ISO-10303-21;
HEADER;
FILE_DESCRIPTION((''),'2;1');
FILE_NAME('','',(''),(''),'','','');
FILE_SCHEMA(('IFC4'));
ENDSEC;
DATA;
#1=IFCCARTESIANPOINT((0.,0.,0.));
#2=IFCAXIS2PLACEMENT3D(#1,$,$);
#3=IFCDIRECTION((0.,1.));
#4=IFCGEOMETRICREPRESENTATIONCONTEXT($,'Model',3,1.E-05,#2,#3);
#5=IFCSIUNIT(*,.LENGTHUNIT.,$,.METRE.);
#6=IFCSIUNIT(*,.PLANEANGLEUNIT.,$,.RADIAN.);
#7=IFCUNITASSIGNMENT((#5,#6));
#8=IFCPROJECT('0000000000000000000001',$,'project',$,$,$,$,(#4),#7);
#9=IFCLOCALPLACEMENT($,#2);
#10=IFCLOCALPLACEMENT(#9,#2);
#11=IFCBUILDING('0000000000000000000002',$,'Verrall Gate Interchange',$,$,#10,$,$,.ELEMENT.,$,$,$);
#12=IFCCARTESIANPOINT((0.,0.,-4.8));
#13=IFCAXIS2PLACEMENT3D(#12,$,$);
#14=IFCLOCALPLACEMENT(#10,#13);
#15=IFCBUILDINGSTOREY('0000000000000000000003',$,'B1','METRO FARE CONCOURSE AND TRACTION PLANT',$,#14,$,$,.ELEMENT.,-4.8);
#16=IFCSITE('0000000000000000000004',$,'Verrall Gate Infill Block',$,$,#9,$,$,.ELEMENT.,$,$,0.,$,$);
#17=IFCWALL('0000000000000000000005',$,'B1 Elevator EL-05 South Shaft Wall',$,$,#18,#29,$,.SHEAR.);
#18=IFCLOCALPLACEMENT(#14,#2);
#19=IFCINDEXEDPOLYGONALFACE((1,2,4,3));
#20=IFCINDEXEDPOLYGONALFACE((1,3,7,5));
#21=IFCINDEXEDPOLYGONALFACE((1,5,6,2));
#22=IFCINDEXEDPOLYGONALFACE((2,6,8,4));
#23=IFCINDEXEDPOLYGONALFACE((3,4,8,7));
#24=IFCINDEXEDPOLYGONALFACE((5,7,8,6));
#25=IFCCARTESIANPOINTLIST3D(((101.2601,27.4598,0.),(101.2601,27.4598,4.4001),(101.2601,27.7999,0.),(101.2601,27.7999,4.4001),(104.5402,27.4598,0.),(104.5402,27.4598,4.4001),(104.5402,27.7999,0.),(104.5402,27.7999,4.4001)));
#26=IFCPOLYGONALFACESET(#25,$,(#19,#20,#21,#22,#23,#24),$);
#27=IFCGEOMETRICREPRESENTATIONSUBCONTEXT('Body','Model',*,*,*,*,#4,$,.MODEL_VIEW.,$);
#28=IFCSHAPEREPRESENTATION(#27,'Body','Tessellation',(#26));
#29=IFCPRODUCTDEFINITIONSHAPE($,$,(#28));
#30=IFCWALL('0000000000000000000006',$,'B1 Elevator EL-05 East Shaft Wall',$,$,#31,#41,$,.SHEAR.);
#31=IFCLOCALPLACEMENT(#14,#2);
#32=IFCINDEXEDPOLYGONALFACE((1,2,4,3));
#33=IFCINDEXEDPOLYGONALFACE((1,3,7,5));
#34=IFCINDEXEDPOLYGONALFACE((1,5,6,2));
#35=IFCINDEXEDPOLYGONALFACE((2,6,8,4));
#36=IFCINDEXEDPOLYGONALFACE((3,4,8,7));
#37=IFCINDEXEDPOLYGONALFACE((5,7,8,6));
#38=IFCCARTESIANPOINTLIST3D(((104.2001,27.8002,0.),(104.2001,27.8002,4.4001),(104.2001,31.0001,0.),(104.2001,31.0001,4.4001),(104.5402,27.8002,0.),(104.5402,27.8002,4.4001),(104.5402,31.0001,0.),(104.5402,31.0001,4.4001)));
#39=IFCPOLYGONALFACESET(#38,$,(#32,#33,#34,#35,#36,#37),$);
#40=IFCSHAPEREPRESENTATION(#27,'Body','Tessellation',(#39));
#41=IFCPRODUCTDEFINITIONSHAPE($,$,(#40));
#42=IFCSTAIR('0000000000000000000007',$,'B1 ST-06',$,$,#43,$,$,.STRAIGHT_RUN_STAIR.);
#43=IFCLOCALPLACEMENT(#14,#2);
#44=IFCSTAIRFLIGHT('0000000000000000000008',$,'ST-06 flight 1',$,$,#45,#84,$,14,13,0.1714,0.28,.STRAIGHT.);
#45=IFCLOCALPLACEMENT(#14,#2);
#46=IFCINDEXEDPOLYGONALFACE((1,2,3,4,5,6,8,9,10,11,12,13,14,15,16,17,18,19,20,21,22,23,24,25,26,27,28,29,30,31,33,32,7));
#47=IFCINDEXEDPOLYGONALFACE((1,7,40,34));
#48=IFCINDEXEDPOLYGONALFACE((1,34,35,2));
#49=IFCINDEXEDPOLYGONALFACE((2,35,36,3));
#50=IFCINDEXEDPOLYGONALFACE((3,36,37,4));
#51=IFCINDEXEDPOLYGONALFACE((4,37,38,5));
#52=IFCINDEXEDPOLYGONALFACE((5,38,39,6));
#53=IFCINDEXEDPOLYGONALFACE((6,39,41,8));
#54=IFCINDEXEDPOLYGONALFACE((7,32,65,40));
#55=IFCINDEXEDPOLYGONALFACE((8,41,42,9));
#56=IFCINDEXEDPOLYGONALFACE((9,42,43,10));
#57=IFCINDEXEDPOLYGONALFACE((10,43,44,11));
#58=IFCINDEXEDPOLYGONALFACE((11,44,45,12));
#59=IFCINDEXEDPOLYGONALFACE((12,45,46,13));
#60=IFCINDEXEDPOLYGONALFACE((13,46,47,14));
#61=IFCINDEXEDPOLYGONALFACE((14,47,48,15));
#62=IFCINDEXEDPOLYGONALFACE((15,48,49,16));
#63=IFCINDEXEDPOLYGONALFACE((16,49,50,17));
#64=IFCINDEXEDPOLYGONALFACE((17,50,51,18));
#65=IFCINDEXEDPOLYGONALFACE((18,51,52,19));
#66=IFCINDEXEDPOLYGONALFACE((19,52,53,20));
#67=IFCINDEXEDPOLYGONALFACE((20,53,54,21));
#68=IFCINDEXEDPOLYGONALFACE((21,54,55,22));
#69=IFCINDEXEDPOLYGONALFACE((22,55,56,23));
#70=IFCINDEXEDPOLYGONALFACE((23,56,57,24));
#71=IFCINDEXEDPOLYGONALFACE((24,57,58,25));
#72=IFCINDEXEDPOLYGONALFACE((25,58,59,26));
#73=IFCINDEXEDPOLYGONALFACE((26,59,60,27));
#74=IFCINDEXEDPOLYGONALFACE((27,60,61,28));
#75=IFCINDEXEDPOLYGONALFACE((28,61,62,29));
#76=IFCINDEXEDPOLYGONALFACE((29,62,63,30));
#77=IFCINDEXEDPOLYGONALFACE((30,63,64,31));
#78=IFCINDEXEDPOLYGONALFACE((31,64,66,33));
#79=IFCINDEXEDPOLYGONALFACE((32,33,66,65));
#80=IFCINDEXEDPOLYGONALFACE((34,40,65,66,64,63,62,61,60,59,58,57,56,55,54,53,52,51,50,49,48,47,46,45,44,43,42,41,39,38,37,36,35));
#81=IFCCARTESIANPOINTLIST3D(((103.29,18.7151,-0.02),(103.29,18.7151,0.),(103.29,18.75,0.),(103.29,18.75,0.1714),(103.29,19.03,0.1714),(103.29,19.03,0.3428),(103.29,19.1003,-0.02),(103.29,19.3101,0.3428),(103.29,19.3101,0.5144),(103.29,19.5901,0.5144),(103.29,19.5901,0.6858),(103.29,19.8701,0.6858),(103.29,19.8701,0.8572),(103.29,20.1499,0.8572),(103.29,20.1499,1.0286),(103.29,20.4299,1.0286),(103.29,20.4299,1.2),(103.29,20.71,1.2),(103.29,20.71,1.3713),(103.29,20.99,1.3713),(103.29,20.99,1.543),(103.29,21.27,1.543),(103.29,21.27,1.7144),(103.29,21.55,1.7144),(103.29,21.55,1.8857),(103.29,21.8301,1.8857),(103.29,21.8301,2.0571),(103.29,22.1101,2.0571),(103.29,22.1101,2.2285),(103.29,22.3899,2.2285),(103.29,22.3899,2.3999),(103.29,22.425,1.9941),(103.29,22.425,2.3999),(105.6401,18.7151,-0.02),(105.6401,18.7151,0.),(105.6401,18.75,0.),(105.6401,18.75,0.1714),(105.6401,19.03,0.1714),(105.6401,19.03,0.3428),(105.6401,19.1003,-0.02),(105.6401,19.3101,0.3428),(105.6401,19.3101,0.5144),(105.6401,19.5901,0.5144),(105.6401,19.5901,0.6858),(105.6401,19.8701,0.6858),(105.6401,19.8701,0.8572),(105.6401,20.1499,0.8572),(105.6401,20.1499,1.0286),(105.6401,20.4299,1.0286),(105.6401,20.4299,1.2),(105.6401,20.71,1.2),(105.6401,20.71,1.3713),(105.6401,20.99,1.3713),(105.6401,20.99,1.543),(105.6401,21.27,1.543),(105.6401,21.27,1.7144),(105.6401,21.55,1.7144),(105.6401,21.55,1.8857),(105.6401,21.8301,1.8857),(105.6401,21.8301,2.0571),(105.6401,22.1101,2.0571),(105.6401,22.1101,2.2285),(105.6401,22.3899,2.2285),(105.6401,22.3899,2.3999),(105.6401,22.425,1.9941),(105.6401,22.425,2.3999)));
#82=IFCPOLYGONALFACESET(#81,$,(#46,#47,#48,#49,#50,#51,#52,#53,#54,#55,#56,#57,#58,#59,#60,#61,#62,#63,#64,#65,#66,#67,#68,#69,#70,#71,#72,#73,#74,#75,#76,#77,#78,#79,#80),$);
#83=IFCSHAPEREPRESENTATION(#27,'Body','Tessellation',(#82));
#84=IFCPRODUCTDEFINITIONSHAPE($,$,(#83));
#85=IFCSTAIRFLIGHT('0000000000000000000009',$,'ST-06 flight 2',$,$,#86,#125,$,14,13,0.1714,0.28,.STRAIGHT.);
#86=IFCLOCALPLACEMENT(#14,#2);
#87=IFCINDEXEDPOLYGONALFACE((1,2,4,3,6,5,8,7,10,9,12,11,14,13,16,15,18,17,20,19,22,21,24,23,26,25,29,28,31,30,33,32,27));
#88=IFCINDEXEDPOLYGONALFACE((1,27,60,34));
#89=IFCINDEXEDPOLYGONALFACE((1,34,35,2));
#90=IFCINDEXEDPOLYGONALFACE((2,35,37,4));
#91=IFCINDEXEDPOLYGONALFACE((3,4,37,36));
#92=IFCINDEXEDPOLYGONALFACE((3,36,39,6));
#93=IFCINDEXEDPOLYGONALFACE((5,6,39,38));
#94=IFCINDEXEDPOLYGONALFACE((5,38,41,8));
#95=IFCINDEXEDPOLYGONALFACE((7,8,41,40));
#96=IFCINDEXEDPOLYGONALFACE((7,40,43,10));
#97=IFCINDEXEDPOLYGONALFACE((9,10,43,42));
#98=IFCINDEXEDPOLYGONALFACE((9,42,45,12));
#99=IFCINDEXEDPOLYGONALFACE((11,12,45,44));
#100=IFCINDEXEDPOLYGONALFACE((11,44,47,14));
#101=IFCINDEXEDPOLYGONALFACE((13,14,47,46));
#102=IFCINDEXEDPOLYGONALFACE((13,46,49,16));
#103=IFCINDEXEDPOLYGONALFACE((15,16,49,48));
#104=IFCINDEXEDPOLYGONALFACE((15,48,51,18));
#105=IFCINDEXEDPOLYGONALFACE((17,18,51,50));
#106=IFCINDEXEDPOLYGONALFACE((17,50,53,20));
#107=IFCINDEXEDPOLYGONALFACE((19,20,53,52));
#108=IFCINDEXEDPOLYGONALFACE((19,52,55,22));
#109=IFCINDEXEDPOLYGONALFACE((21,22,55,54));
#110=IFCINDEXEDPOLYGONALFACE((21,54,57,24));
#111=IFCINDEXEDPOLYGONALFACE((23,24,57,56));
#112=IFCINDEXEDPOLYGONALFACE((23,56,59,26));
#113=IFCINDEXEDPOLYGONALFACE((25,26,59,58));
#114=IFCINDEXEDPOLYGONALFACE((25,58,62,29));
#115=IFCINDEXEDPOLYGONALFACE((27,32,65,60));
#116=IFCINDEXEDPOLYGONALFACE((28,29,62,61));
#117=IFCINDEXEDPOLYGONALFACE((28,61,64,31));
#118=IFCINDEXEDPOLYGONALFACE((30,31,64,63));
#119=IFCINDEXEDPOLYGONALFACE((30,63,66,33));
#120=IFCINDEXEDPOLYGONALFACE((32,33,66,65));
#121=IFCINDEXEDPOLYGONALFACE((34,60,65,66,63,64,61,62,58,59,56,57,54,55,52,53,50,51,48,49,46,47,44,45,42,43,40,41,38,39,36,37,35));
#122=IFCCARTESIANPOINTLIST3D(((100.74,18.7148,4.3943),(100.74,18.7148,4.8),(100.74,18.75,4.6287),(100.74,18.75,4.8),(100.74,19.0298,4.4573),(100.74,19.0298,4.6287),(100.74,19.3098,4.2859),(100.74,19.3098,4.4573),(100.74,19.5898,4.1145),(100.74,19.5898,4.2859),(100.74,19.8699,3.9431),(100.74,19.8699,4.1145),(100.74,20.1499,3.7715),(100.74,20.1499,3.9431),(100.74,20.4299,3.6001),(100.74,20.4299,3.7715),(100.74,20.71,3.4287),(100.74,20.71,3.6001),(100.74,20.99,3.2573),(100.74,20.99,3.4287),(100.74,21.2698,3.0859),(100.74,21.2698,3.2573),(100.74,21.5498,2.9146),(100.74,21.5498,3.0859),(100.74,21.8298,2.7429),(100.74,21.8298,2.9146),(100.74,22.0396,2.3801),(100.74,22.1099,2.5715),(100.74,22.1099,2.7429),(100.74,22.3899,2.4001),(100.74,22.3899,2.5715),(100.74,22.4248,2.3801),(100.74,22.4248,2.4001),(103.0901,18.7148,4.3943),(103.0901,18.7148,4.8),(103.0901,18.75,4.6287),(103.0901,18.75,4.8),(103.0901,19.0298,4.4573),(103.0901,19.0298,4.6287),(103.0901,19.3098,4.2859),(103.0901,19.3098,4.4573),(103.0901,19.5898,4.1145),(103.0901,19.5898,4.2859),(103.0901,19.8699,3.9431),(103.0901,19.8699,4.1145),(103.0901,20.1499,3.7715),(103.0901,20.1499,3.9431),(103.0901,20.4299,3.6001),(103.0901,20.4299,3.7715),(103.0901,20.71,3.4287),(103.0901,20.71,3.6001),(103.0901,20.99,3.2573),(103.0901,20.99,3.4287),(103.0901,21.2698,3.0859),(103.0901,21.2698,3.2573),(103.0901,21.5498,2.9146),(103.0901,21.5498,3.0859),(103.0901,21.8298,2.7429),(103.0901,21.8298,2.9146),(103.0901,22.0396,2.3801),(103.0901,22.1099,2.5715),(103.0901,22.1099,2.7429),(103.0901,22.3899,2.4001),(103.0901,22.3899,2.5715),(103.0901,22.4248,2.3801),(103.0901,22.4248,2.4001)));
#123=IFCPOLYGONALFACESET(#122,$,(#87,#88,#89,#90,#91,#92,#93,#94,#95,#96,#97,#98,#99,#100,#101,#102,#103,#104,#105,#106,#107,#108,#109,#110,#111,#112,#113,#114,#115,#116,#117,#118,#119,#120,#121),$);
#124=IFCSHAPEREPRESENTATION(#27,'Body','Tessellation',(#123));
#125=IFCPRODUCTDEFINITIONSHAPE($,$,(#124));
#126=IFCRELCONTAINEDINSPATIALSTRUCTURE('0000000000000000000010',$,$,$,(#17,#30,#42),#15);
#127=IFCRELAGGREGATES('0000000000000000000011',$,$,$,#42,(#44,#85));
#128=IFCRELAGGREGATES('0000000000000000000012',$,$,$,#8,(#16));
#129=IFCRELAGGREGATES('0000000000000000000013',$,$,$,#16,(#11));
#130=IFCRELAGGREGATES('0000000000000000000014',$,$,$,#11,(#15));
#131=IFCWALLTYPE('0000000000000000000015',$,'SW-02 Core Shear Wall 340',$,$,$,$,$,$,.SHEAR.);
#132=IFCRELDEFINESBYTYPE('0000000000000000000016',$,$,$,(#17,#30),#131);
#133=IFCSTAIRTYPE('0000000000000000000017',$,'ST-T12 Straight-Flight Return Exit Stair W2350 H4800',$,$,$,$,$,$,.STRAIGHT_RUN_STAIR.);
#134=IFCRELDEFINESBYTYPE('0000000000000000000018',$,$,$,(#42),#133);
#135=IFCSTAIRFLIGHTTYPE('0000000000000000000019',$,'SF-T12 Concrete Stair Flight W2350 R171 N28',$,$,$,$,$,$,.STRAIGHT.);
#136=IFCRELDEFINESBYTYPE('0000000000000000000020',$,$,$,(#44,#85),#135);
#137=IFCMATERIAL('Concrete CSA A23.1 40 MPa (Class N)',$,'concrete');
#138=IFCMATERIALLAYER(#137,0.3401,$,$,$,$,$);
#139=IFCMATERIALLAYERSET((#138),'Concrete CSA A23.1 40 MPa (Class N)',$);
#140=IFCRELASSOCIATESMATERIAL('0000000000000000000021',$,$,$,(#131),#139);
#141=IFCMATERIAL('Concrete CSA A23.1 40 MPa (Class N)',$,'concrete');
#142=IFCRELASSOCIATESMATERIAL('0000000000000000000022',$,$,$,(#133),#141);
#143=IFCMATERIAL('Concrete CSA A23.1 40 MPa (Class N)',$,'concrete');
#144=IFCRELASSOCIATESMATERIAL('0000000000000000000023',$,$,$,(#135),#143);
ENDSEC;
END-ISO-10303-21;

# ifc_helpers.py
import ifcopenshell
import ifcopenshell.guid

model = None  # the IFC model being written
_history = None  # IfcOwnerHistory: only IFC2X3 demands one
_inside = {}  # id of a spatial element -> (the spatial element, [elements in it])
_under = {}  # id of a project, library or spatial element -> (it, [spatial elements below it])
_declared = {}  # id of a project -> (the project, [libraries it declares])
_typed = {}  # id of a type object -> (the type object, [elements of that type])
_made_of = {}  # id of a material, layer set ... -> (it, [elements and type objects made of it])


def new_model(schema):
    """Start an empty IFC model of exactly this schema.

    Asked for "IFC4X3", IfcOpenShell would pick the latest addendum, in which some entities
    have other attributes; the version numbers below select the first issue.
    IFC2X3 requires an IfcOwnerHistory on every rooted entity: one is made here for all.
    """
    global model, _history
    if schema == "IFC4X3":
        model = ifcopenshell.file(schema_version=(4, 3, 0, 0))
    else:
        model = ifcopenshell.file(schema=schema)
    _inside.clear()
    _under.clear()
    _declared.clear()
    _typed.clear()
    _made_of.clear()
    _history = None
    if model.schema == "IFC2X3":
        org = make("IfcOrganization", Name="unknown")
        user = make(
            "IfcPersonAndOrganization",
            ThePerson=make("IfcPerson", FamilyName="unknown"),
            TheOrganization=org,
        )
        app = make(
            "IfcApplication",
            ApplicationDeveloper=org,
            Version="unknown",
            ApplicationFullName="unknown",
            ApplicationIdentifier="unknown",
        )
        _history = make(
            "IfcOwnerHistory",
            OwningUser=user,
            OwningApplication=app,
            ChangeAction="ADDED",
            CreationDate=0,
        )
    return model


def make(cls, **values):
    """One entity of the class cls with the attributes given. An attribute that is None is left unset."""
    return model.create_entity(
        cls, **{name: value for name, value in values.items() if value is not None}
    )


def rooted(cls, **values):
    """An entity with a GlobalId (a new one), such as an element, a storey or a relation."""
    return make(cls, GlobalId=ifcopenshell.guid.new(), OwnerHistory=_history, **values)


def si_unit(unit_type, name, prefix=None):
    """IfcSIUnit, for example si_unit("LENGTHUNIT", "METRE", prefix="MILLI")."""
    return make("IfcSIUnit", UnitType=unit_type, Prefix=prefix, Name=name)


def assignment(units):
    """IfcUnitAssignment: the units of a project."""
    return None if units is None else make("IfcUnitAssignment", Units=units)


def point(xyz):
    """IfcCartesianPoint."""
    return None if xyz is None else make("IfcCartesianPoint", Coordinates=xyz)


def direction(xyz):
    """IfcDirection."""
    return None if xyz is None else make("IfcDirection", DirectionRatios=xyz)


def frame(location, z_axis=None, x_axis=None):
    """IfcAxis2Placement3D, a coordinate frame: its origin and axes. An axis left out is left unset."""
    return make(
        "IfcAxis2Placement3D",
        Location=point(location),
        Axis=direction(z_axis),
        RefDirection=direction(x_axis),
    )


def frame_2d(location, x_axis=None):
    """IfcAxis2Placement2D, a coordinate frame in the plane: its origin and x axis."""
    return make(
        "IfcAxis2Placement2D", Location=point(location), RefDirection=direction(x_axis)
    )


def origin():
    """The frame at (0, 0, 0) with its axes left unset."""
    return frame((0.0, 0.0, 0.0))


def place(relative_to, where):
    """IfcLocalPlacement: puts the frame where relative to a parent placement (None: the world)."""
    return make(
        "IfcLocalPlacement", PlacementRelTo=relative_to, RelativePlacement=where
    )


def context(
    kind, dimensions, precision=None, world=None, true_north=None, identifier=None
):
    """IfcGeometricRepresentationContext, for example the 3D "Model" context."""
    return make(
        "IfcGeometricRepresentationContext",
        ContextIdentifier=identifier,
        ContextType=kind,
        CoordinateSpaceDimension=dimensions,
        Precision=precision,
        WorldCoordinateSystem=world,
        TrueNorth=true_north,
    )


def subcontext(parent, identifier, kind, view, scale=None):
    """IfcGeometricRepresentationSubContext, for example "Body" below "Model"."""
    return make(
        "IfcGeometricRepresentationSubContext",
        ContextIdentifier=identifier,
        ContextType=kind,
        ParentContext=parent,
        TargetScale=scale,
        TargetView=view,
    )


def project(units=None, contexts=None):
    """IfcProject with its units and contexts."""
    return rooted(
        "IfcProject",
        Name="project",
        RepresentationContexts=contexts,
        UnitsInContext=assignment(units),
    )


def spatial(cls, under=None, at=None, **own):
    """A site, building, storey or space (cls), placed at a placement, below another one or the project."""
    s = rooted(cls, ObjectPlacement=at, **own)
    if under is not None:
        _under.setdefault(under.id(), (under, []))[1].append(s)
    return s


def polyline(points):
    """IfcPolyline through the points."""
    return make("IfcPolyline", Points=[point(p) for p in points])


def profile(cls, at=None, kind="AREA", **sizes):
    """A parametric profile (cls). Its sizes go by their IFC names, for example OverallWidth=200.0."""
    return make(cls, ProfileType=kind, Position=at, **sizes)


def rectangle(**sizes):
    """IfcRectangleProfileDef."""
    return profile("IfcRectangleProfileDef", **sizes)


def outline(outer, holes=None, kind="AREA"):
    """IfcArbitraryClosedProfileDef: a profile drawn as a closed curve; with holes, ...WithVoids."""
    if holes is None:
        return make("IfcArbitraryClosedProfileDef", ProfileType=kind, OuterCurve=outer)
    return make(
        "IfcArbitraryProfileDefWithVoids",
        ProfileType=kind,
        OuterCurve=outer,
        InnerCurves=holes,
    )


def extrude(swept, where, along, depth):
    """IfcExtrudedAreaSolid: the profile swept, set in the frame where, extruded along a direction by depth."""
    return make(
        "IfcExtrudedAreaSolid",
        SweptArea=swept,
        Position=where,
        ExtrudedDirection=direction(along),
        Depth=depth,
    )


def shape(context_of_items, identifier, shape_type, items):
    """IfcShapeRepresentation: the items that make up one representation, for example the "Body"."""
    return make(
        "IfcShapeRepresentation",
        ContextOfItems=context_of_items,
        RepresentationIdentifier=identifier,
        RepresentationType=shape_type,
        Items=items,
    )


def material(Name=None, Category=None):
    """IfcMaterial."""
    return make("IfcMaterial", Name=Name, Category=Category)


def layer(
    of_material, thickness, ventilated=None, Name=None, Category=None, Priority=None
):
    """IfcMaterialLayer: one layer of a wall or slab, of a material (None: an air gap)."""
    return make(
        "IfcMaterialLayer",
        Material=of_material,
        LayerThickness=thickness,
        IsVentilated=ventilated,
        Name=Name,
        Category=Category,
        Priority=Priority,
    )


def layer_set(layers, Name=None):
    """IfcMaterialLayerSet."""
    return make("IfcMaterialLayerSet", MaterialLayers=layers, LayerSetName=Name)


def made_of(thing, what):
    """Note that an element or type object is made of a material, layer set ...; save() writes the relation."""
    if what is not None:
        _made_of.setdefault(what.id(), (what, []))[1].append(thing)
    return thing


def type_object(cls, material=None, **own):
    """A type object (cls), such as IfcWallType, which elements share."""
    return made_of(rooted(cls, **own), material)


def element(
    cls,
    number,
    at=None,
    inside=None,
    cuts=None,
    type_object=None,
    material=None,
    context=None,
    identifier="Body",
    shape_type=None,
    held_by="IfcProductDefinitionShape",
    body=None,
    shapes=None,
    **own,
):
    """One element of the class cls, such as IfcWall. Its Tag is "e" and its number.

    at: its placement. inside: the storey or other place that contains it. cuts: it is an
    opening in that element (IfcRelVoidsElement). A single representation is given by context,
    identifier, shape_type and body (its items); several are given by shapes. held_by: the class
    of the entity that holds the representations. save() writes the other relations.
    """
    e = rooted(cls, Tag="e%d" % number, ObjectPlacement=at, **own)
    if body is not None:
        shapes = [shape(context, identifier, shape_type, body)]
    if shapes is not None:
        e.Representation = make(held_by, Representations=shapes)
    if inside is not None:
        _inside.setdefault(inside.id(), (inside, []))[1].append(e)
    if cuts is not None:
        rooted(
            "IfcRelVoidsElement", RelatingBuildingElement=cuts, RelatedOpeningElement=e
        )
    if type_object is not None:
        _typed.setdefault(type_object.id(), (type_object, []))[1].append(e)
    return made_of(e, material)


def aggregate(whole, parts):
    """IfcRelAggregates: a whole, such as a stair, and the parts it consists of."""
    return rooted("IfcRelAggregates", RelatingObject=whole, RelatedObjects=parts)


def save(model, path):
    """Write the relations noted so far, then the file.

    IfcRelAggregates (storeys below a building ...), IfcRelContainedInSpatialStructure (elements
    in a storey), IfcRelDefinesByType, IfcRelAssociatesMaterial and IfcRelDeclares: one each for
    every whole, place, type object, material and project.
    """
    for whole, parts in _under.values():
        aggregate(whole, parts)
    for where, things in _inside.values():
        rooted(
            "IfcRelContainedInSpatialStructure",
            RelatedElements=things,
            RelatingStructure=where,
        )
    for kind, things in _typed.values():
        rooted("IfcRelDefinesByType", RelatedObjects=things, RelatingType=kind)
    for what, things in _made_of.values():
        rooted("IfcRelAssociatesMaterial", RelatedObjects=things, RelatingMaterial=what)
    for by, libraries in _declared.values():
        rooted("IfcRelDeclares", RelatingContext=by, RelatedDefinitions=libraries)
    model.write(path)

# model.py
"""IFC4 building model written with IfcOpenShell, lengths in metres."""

from ifc_helpers import new_model, si_unit, direction, frame, frame_2d, origin, place, context, subcontext, project, spatial, polyline, rectangle, outline, extrude, material, layer, layer_set, type_object, element, aggregate, save


model = new_model("IFC4")

# Units and contexts
model_context = context("Model", 3, precision=1e-05, world=origin(), true_north=direction((0.0, 1.0)))
body_context = subcontext(model_context, "Body", "Model", "MODEL_VIEW")
ifc_project = project(units=[si_unit("LENGTHUNIT", "METRE"), si_unit("PLANEANGLEUNIT", "RADIAN")], contexts=[model_context])

# Site, building, storey
site_placement = place(None, origin())
site = spatial("IfcSite", under=ifc_project, at=site_placement, Name="Verrall Gate Infill Block", CompositionType="ELEMENT", RefElevation=0.0)
building_placement = place(site_placement, origin())
building = spatial("IfcBuilding", under=site, at=building_placement, Name="Verrall Gate Interchange", CompositionType="ELEMENT")
storey_placement = place(building_placement, frame((0.0, 0.0, -4.8)))
storey = spatial("IfcBuildingStorey", under=building, at=storey_placement, Name="B1", Description="METRO FARE CONCOURSE AND TRACTION PLANT", CompositionType="ELEMENT", Elevation=-4.8)

# Walls
ifc_material_1 = material(Name="Concrete CSA A23.1 40 MPa (Class N)", Category="concrete")
ifc_layer_1 = layer(ifc_material_1, 0.3401)
ifc_layer_set_1 = layer_set([ifc_layer_1], Name="Concrete CSA A23.1 40 MPa (Class N)")
wall_type = type_object("IfcWallType", Name="SW-02 Core Shear Wall 340", PredefinedType="SHEAR", material=ifc_layer_set_1)
wall_1_placement = place(storey_placement, frame((101.26, 27.6299, 0.0), z_axis=(0.0, 0.0, 1.0), x_axis=(1.0, 0.0, 0.0)))
element("IfcWall", 1, at=wall_1_placement, inside=storey, type_object=wall_type, Name="B1 Elevator EL-05 South Shaft Wall", PredefinedType="SHEAR", context=body_context, shape_type="SweptSolid", body=[
    extrude(rectangle(XDim=3.28, YDim=0.3401, at=frame_2d((1.6401, 0.0))), origin(), (0.0, 0.0, 1.0), 4.4001),
])
wall_2_placement = place(storey_placement, frame((104.3701, 27.8, 0.0), z_axis=(0.0, 0.0, 1.0), x_axis=(0.0, 1.0, 0.0)))
element("IfcWall", 2, at=wall_2_placement, inside=storey, type_object=wall_type, Name="B1 Elevator EL-05 East Shaft Wall", PredefinedType="SHEAR", context=body_context, shape_type="SweptSolid", body=[
    extrude(rectangle(XDim=3.2, YDim=0.3401, at=frame_2d((1.6001, 0.0))), origin(), (0.0, 0.0, 1.0), 4.4001),
])

# Stair, stair flights
ifc_material_2 = material(Name="Concrete CSA A23.1 40 MPa (Class N)", Category="concrete")
stair_type = type_object("IfcStairType", Name="ST-T12 Straight-Flight Return Exit Stair W2350 H4800", PredefinedType="STRAIGHT_RUN_STAIR", material=ifc_material_2)
stair_placement = place(storey_placement, origin())
stair = element("IfcStair", 3, at=stair_placement, inside=storey, type_object=stair_type, Name="B1 ST-06", PredefinedType="STRAIGHT_RUN_STAIR")
ifc_material_3 = material(Name="Concrete CSA A23.1 40 MPa (Class N)", Category="concrete")
stair_flight_type = type_object("IfcStairFlightType", Name="SF-T12 Concrete Stair Flight W2350 R171 N28", PredefinedType="STRAIGHT", material=ifc_material_3)
stair_flight_1_placement = place(storey_placement, frame((104.4651, 18.75, 0.0), z_axis=(0.0, 0.0, 1.0), x_axis=(0.0, 1.0, 0.0)))
stair_flight_1 = element("IfcStairFlight", 4, at=stair_flight_1_placement, type_object=stair_flight_type, Name="ST-06 flight 1", NumberOfRisers=14, NumberOfTreads=13, PredefinedType="STRAIGHT", RiserHeight=0.1714, TreadLength=0.28, context=body_context, shape_type="SweptSolid", body=[
    extrude(outline(polyline([(-0.0349, -0.02), (-0.0349, 0.0), (0.0, 0.0), (0.0, 0.1714), (0.28, 0.1714), (0.28, 0.3428), (0.5601, 0.3428), (0.5601, 0.5144), (0.8401, 0.5144), (0.8401, 0.6858), (1.1201, 0.6858), (1.1201, 0.8572), (1.3999, 0.8572), (1.3999, 1.0286), (1.6799, 1.0286), (1.6799, 1.2), (1.96, 1.2), (1.96, 1.3713), (2.24, 1.3713), (2.24, 1.543), (2.52, 1.543), (2.52, 1.7144), (2.8, 1.7144), (2.8, 1.8857), (3.0801, 1.8857), (3.0801, 2.0571), (3.3601, 2.0571), (3.3601, 2.2285), (3.6399, 2.2285), (3.6399, 2.3999), (3.675, 2.3999), (3.675, 1.9941), (0.3503, -0.02), (-0.0349, -0.02)])), frame((0.0, 1.175, 0.0), z_axis=(0.0, -1.0, 0.0), x_axis=(1.0, 0.0, 0.0)), (0.0, 0.0, 1.0), 2.3501),
])
stair_flight_2_placement = place(storey_placement, frame((101.915, 22.3899, 2.4001), z_axis=(0.0, 0.0, 1.0), x_axis=(0.0, -1.0, 0.0)))
stair_flight_2 = element("IfcStairFlight", 5, at=stair_flight_2_placement, type_object=stair_flight_type, Name="ST-06 flight 2", NumberOfRisers=14, NumberOfTreads=13, PredefinedType="STRAIGHT", RiserHeight=0.1714, TreadLength=0.28, context=body_context, shape_type="SweptSolid", body=[
    extrude(outline(polyline([(-0.0349, -0.02), (-0.0349, 0.0), (0.0, 0.0), (0.0, 0.1714), (0.28, 0.1714), (0.28, 0.3428), (0.5601, 0.3428), (0.5601, 0.5144), (0.8401, 0.5144), (0.8401, 0.6858), (1.1201, 0.6858), (1.1201, 0.8572), (1.3999, 0.8572), (1.3999, 1.0286), (1.6799, 1.0286), (1.6799, 1.2), (1.96, 1.2), (1.96, 1.3713), (2.24, 1.3713), (2.24, 1.543), (2.52, 1.543), (2.52, 1.7144), (2.8, 1.7144), (2.8, 1.8857), (3.0801, 1.8857), (3.0801, 2.0571), (3.3601, 2.0571), (3.3601, 2.2285), (3.6399, 2.2285), (3.6399, 2.3999), (3.675, 2.3999), (3.675, 1.9941), (0.3503, -0.02), (-0.0349, -0.02)])), frame((0.0, 1.175, 0.0), z_axis=(0.0, -1.0, 0.0), x_axis=(1.0, 0.0, 0.0)), (0.0, 0.0, 1.0), 2.3501),
])
aggregate(stair, [stair_flight_1, stair_flight_2])

save(model, "model.ifc")
